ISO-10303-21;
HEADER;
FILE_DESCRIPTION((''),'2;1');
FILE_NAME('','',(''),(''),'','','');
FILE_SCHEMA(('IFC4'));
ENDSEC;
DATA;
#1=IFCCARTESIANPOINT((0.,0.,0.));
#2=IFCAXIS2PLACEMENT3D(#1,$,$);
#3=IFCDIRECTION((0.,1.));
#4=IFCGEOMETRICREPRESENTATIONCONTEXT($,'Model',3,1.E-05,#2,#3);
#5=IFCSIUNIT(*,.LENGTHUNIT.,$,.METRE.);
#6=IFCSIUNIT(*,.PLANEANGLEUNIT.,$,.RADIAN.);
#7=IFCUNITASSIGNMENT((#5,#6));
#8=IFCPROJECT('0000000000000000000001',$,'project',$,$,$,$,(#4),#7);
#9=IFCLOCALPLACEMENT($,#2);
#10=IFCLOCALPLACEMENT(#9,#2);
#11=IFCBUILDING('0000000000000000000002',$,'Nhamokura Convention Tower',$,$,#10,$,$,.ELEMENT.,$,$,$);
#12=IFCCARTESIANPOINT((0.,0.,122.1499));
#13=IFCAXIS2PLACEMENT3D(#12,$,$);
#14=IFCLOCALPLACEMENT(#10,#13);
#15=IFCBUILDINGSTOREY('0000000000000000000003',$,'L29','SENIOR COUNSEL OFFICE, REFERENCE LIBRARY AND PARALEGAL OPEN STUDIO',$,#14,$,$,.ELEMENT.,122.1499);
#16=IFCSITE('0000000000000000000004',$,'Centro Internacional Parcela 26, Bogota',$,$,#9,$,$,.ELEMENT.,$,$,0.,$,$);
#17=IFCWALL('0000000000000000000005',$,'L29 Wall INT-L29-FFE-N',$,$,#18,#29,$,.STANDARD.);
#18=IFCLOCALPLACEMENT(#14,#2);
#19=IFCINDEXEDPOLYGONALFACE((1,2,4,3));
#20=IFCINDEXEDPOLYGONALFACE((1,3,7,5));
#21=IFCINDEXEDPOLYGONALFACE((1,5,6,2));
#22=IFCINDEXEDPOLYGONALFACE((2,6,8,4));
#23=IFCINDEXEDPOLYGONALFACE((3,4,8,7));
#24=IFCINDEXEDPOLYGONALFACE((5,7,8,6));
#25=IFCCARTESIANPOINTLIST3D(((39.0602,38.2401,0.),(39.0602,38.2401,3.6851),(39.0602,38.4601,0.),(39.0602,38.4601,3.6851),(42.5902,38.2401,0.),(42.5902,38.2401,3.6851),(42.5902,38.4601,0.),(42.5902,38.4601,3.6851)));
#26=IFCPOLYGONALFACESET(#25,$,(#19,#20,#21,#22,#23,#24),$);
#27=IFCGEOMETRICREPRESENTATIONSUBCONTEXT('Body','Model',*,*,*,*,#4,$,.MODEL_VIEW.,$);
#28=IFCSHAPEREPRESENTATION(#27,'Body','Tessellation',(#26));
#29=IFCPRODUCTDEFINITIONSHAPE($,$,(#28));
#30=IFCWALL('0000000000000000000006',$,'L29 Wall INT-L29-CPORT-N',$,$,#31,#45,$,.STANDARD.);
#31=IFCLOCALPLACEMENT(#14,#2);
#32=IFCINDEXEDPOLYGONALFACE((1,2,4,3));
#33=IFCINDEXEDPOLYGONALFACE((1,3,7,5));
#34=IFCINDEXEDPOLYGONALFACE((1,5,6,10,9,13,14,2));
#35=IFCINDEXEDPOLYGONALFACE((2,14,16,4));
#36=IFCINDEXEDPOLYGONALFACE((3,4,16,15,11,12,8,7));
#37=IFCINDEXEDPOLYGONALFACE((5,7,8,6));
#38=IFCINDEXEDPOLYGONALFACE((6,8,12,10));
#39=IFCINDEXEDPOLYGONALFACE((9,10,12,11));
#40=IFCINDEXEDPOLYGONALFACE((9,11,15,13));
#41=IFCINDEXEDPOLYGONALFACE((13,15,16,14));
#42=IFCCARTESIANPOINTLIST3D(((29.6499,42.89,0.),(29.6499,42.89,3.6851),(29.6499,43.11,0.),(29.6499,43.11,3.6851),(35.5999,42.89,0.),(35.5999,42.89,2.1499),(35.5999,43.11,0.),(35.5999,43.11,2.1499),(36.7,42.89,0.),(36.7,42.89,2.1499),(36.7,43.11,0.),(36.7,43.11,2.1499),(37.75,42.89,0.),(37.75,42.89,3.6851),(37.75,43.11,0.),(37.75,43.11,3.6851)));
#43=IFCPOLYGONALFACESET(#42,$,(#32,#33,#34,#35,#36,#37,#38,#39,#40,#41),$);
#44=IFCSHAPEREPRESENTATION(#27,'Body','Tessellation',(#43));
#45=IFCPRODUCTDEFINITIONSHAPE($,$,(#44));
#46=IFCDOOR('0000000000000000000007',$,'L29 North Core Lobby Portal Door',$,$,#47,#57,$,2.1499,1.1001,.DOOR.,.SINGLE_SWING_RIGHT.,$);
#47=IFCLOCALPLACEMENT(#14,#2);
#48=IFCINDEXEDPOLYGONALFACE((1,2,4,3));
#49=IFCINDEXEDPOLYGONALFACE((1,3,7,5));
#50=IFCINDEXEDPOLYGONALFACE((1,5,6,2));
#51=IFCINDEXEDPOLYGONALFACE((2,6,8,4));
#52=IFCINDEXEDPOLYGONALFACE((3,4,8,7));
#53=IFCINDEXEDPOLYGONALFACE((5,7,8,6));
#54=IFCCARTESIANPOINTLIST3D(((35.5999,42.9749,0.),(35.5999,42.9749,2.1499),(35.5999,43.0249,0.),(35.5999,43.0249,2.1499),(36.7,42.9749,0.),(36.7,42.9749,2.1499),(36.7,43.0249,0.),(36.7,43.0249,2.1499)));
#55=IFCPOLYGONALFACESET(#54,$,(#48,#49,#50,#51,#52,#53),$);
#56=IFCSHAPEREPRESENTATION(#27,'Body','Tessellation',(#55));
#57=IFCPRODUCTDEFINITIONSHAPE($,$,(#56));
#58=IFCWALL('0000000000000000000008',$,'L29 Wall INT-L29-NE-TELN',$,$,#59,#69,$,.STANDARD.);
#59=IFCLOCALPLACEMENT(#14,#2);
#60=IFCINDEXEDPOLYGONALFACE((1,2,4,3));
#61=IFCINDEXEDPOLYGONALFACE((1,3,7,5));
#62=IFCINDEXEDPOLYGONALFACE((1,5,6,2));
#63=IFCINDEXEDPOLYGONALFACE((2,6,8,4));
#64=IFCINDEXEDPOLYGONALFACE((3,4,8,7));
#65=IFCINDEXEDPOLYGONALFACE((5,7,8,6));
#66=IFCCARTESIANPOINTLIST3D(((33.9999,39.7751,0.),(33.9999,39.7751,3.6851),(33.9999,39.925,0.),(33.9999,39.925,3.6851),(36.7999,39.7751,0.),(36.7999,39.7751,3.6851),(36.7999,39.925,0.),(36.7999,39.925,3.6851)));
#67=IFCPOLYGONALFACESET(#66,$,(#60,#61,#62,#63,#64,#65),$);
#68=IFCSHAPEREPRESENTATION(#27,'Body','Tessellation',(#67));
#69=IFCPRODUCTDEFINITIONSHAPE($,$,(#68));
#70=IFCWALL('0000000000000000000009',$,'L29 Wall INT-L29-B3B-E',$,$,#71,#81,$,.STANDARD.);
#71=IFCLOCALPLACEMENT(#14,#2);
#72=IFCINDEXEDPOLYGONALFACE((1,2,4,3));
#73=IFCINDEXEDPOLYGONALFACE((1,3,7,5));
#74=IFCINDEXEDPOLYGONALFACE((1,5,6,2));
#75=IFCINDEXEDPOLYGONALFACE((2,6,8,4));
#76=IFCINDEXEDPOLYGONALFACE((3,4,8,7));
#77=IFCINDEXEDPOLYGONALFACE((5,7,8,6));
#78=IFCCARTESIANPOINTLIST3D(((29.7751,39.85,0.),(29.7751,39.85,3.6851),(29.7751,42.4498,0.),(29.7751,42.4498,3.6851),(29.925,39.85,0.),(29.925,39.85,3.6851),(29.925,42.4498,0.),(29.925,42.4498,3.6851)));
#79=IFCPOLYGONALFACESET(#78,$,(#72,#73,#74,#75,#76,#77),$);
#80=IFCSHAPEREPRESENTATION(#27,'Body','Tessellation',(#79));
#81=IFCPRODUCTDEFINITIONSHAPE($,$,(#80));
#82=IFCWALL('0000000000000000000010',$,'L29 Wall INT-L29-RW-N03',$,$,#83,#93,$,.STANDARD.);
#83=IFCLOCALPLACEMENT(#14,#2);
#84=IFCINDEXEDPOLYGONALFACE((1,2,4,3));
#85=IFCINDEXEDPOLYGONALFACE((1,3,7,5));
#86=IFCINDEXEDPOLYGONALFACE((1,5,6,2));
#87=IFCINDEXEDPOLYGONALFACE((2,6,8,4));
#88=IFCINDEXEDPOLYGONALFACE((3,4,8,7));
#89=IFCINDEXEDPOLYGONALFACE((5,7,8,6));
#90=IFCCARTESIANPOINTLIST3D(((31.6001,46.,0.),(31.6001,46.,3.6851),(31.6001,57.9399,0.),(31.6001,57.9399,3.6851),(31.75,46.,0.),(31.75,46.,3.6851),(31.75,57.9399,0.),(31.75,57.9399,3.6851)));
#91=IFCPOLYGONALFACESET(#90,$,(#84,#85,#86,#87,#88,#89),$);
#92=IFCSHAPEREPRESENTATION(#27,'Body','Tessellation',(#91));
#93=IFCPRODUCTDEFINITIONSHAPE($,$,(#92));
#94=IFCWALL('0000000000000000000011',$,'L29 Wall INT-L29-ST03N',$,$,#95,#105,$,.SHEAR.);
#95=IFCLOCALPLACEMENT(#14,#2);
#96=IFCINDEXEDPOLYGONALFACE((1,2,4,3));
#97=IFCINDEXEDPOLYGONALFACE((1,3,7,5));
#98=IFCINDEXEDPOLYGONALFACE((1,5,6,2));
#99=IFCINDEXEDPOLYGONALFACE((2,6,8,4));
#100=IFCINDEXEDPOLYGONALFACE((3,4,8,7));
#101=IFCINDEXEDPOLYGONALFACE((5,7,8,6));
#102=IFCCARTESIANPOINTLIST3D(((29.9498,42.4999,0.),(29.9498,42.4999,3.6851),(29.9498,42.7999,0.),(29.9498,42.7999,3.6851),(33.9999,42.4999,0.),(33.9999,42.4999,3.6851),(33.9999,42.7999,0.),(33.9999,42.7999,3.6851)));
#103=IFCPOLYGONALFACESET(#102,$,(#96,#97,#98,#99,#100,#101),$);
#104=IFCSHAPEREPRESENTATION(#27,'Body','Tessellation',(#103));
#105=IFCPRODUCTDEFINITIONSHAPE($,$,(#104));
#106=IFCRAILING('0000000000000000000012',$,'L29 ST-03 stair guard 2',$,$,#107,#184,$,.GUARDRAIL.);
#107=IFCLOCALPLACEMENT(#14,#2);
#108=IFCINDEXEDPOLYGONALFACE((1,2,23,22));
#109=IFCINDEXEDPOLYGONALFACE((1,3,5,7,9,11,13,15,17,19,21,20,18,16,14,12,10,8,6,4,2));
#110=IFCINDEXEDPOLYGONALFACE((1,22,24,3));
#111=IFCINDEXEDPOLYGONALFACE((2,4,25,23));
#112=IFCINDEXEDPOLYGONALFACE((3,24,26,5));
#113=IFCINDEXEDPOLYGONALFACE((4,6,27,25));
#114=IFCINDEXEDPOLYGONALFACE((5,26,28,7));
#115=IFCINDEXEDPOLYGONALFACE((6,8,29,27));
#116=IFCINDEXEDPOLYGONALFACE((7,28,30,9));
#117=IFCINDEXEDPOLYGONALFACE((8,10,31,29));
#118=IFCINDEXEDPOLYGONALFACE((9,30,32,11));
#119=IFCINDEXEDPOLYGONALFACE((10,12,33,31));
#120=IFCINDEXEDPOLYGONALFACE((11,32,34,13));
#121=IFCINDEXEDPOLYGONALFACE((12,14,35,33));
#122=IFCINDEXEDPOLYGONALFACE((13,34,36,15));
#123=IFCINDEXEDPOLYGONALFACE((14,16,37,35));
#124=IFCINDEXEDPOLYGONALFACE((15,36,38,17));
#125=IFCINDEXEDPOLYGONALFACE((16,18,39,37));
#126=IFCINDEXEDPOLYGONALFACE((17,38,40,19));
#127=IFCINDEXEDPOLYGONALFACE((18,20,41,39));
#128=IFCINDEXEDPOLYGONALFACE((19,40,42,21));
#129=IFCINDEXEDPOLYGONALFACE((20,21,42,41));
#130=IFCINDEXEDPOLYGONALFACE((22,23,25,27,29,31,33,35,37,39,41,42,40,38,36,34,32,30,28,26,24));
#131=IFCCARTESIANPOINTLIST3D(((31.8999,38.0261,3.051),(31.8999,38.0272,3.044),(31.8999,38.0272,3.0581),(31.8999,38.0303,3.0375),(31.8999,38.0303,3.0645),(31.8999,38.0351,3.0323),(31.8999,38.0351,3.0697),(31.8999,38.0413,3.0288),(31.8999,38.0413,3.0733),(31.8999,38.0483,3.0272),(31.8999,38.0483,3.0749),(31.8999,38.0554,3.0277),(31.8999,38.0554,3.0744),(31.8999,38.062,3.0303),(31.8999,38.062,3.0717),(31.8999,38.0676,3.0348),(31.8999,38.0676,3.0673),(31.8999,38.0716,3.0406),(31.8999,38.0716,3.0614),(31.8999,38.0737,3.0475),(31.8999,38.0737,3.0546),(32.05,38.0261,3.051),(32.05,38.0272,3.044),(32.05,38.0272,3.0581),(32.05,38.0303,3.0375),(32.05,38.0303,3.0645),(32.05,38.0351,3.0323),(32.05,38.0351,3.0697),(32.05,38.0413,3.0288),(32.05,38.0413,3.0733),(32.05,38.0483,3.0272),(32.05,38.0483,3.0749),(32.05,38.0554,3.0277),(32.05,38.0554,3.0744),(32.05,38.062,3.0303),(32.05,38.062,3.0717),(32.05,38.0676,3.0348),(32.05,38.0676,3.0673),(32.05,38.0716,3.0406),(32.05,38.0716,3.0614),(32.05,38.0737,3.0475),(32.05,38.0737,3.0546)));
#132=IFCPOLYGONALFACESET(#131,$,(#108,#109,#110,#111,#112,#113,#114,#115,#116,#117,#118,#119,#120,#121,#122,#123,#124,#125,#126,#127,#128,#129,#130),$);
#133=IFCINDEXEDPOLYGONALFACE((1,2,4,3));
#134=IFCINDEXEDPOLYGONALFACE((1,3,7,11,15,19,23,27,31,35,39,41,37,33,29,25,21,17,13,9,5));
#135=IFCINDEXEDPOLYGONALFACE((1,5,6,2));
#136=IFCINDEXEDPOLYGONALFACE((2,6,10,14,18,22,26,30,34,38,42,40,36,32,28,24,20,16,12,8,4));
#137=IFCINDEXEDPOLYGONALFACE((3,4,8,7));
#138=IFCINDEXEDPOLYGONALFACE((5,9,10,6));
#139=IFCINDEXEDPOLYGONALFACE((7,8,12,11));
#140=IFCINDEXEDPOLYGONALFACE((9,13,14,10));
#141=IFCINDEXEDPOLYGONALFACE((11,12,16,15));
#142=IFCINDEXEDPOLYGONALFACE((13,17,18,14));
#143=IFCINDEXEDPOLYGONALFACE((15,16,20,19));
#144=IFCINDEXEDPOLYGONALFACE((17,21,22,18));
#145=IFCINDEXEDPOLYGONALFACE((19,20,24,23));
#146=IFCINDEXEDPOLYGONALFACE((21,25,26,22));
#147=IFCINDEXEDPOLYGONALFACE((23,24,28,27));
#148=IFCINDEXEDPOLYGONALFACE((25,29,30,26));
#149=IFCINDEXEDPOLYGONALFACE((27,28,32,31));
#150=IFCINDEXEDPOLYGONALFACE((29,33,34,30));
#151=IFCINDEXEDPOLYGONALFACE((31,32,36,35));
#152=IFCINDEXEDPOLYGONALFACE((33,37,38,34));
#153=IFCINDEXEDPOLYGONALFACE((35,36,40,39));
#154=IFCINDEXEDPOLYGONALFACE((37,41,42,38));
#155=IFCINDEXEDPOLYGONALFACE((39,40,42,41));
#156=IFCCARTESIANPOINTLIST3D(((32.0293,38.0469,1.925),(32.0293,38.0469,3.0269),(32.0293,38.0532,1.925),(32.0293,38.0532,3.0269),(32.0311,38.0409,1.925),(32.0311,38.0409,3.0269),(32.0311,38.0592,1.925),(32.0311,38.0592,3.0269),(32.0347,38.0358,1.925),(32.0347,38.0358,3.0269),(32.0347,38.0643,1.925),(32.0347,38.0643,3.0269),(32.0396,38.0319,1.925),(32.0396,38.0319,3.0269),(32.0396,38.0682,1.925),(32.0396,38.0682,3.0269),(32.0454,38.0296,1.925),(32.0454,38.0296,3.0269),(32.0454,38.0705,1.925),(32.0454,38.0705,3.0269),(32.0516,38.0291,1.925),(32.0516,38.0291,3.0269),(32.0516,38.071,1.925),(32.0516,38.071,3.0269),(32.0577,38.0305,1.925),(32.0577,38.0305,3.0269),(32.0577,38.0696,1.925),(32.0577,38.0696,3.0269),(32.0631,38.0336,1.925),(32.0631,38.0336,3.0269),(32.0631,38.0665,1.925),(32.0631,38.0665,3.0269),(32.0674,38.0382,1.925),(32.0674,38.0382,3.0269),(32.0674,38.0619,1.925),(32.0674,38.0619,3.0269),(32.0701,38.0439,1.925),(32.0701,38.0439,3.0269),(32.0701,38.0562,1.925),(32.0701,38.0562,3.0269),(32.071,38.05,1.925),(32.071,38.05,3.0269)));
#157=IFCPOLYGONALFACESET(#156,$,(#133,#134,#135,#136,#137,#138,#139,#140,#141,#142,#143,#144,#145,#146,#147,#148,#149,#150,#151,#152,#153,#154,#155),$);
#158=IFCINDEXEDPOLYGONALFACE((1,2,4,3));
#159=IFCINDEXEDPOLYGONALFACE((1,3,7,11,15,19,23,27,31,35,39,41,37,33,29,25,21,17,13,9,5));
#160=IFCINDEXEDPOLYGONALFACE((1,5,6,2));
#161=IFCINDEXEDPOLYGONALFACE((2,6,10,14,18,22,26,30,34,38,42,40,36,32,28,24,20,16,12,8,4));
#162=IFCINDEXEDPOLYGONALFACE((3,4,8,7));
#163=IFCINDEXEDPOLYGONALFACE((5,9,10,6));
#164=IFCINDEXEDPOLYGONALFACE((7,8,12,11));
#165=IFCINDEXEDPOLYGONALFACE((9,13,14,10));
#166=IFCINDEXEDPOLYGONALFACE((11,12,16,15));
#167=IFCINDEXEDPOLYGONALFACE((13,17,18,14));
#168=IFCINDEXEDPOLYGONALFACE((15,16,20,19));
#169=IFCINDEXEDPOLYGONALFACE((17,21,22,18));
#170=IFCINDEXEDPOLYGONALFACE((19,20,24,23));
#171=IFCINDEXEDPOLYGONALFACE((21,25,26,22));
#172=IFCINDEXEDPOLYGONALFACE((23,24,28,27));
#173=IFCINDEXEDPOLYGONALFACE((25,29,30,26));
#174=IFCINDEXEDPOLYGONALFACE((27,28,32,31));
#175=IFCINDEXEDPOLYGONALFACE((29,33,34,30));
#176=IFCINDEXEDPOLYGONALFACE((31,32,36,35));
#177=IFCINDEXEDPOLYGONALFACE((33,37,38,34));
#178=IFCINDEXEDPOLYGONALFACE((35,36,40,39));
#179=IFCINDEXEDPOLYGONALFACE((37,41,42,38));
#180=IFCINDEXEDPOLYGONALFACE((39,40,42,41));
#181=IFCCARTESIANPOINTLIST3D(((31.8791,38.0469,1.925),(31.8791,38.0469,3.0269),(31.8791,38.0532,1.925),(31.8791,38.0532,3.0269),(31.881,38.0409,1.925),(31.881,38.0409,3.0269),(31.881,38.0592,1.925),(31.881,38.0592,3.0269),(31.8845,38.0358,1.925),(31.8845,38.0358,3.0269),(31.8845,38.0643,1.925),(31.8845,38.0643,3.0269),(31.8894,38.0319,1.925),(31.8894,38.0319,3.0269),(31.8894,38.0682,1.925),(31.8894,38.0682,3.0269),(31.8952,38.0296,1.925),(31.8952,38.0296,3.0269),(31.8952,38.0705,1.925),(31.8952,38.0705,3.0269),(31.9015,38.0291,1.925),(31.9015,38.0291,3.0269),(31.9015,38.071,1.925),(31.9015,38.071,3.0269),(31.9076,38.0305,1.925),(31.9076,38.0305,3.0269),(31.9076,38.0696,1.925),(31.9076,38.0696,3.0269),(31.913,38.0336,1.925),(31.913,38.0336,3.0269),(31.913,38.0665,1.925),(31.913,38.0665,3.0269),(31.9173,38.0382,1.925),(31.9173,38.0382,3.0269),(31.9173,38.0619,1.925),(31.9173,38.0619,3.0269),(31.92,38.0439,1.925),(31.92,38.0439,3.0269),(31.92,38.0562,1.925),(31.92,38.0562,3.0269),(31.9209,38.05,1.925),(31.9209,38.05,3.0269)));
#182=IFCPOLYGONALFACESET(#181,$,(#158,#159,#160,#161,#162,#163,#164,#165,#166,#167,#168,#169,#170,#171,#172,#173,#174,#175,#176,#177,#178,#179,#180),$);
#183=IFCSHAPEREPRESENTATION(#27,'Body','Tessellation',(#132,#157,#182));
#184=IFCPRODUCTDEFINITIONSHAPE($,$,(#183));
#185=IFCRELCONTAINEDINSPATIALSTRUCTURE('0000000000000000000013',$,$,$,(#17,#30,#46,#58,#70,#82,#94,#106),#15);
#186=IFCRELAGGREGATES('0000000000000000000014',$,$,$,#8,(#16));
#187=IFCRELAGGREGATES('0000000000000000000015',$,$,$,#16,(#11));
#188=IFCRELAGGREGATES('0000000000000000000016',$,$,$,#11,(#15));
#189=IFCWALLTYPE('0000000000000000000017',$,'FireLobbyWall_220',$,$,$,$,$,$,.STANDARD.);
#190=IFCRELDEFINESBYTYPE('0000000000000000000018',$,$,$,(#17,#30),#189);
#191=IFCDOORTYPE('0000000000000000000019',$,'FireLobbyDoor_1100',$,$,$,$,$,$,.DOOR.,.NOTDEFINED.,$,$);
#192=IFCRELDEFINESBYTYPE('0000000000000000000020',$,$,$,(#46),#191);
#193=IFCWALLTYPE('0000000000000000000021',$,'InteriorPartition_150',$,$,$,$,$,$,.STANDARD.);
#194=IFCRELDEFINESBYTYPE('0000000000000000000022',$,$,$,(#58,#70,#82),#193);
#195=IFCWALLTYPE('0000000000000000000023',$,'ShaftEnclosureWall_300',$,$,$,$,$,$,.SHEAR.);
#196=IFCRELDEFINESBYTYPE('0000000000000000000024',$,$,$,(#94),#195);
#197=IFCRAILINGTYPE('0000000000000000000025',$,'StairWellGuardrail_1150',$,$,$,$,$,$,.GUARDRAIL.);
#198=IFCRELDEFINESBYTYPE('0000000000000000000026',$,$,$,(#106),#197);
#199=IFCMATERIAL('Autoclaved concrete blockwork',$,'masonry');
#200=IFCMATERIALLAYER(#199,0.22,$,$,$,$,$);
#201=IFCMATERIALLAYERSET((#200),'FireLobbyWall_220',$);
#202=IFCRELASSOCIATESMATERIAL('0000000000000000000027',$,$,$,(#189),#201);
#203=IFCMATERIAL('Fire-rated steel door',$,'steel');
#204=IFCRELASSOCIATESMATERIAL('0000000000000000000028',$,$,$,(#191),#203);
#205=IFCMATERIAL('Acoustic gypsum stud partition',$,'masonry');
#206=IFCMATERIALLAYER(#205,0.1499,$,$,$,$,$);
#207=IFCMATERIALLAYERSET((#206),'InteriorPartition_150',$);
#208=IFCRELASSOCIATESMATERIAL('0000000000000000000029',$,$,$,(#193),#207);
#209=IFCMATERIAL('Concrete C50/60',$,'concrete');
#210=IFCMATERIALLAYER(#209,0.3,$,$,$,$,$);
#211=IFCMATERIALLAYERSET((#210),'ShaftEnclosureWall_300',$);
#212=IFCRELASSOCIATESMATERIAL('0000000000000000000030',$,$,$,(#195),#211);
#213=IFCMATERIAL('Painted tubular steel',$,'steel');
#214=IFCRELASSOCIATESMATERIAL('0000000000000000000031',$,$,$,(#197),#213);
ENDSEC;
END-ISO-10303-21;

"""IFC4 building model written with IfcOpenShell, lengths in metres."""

from ifc_helpers import new_model, si_unit, direction, frame, frame_2d, origin, origin_2d, place, context, subcontext, project, spatial, rectangle, circle, extrude, material, layer, layer_set, type_object, element, fill, save


model = new_model("IFC4")

# Units and contexts
model_context = context("Model", 3, precision=1e-05, world=origin(), true_north=direction((0.0, 1.0)))
body_context = subcontext(model_context, "Body", "Model", "MODEL_VIEW")
ifc_project = project(units=[si_unit("LENGTHUNIT", "METRE"), si_unit("PLANEANGLEUNIT", "RADIAN")], contexts=[model_context])

# Site, building, storey
site_placement = place(None, origin())
site = spatial("IfcSite", under=ifc_project, at=site_placement, Name="Centro Internacional Parcela 26, Bogota", CompositionType="ELEMENT", RefElevation=0.0)
building_placement = place(site_placement, origin())
building = spatial("IfcBuilding", under=site, at=building_placement, Name="Nhamokura Convention Tower", CompositionType="ELEMENT")
storey_placement = place(building_placement, frame((0.0, 0.0, 122.1499)))
storey = spatial("IfcBuildingStorey", under=building, at=storey_placement, Name="L29", Description="SENIOR COUNSEL OFFICE, REFERENCE LIBRARY AND PARALEGAL OPEN STUDIO", CompositionType="ELEMENT", Elevation=122.1499)

# Wall
ifc_material_1 = material(Name="Autoclaved concrete blockwork", Category="masonry")
ifc_layer_1 = layer(ifc_material_1, 0.22)
ifc_layer_set_1 = layer_set([ifc_layer_1], Name="FireLobbyWall_220")
wall_type_1 = type_object("IfcWallType", Name="FireLobbyWall_220", PredefinedType="STANDARD", material=ifc_layer_set_1)
wall_1_placement = place(storey_placement, frame((39.0601, 38.3501, 0.0), z_axis=(0.0, 0.0, 1.0), x_axis=(1.0, 0.0, 0.0)))
element("IfcWall", 1, at=wall_1_placement, inside=storey, type_object=wall_type_1, Name="L29 Wall INT-L29-FFE-N", PredefinedType="STANDARD", context=body_context, shape_type="SweptSolid", body=[
    extrude(rectangle(XDim=3.53, YDim=0.22, at=frame_2d((1.7651, 0.0))), origin(), (0.0, 0.0, 1.0), 3.6851),
])

# Wall, opening, door
wall_2_placement = place(storey_placement, frame((29.6499, 43.0, 0.0), z_axis=(0.0, 0.0, 1.0), x_axis=(1.0, 0.0, 0.0)))
wall_2 = element("IfcWall", 2, at=wall_2_placement, inside=storey, type_object=wall_type_1, Name="L29 Wall INT-L29-CPORT-N", PredefinedType="STANDARD", context=body_context, shape_type="SweptSolid", body=[
    extrude(rectangle(XDim=8.1001, YDim=0.22, at=frame_2d((4.05, 0.0))), origin(), (0.0, 0.0, 1.0), 3.6851),
])
opening_1_placement = place(wall_2_placement, frame((5.95, 0.0, 0.0)))
opening_1 = element("IfcOpeningElement", 3, at=opening_1_placement, cuts=wall_2, PredefinedType="OPENING", context=body_context, shape_type="SweptSolid", body=[
    extrude(rectangle(XDim=1.1001, YDim=2.1499, at=frame_2d((0.55, 1.075))), frame((0.0, 0.1199, 0.0), z_axis=(0.0, -1.0, 0.0), x_axis=(1.0, 0.0, 0.0)), (0.0, 0.0, 1.0), 0.24),
])
ifc_material_2 = material(Name="Fire-rated steel door", Category="steel")
door_type_1 = type_object("IfcDoorType", Name="FireLobbyDoor_1100", OperationType="NOTDEFINED", PredefinedType="DOOR", material=ifc_material_2)
door_1_placement = place(opening_1_placement, origin())
door_1 = element("IfcDoor", 4, at=door_1_placement, inside=storey, type_object=door_type_1, Name="L29 North Core Lobby Portal Door", OperationType="SINGLE_SWING_RIGHT", OverallHeight=2.1499, OverallWidth=1.1001, PredefinedType="DOOR", context=body_context, shape_type="SweptSolid", body=[
    extrude(rectangle(XDim=1.1001, YDim=2.1499, at=frame_2d((0.55, 1.075))), frame((0.0, 0.0249, 0.0), z_axis=(0.0, -1.0, 0.0), x_axis=(1.0, 0.0, 0.0)), (0.0, 0.0, 1.0), 0.05),
])
fill(opening_1, door_1)

# Walls
ifc_material_3 = material(Name="Acoustic gypsum stud partition", Category="masonry")
ifc_layer_2 = layer(ifc_material_3, 0.1499)
ifc_layer_set_2 = layer_set([ifc_layer_2], Name="InteriorPartition_150")
wall_type_2 = type_object("IfcWallType", Name="InteriorPartition_150", PredefinedType="STANDARD", material=ifc_layer_set_2)
wall_3_placement = place(storey_placement, frame((34.0, 39.8501, 0.0), z_axis=(0.0, 0.0, 1.0), x_axis=(1.0, 0.0, 0.0)))
element("IfcWall", 5, at=wall_3_placement, inside=storey, type_object=wall_type_2, Name="L29 Wall INT-L29-NE-TELN", PredefinedType="STANDARD", context=body_context, shape_type="SweptSolid", body=[
    extrude(rectangle(XDim=2.8, YDim=0.1499, at=frame_2d((1.3999, 0.0))), origin(), (0.0, 0.0, 1.0), 3.6851),
])
wall_4_placement = place(storey_placement, frame((29.8501, 39.8501, 0.0), z_axis=(0.0, 0.0, 1.0), x_axis=(0.0, 1.0, 0.0)))
element("IfcWall", 6, at=wall_4_placement, inside=storey, type_object=wall_type_2, Name="L29 Wall INT-L29-B3B-E", PredefinedType="STANDARD", context=body_context, shape_type="SweptSolid", body=[
    extrude(rectangle(XDim=2.5999, YDim=0.1499, at=frame_2d((1.2998, 0.0))), origin(), (0.0, 0.0, 1.0), 3.6851),
])
wall_5_placement = place(storey_placement, frame((31.675, 46.0, 0.0), z_axis=(0.0, 0.0, 1.0), x_axis=(0.0, 1.0, 0.0)))
element("IfcWall", 7, at=wall_5_placement, inside=storey, type_object=wall_type_2, Name="L29 Wall INT-L29-RW-N03", PredefinedType="STANDARD", context=body_context, shape_type="SweptSolid", body=[
    extrude(rectangle(XDim=11.9399, YDim=0.1499, at=frame_2d((5.97, 0.0))), origin(), (0.0, 0.0, 1.0), 3.6851),
])
ifc_material_4 = material(Name="Concrete C50/60", Category="concrete")
ifc_layer_3 = layer(ifc_material_4, 0.3)
ifc_layer_set_3 = layer_set([ifc_layer_3], Name="ShaftEnclosureWall_300")
wall_type_3 = type_object("IfcWallType", Name="ShaftEnclosureWall_300", PredefinedType="SHEAR", material=ifc_layer_set_3)
wall_6_placement = place(storey_placement, frame((29.95, 42.6499, 0.0), z_axis=(0.0, 0.0, 1.0), x_axis=(1.0, 0.0, 0.0)))
element("IfcWall", 8, at=wall_6_placement, inside=storey, type_object=wall_type_3, Name="L29 Wall INT-L29-ST03N", PredefinedType="SHEAR", context=body_context, shape_type="SweptSolid", body=[
    extrude(rectangle(XDim=4.05, YDim=0.3, at=frame_2d((2.0249, 0.0))), origin(), (0.0, 0.0, 1.0), 3.6851),
])

# Railing
ifc_material_5 = material(Name="Painted tubular steel", Category="steel")
railing_type = type_object("IfcRailingType", Name="StairWellGuardrail_1150", PredefinedType="GUARDRAIL", material=ifc_material_5)
railing_1_placement = place(storey_placement, frame((32.05, 38.05, 1.925)))
element("IfcRailing", 9, at=railing_1_placement, inside=storey, type_object=railing_type, Name="L29 ST-03 stair guard 2", PredefinedType="GUARDRAIL", context=body_context, shape_type="SweptSolid", body=[
    extrude(circle(Radius=0.0239, at=origin_2d()), frame((0.0, 0.0, 1.126), z_axis=(-1.0, 0.0, 0.0), x_axis=(0.0, -1.0, 0.0)), (0.0, 0.0, 1.0), 0.1501),
    extrude(circle(Radius=0.021, at=origin_2d()), origin(), (0.0, 0.0, 1.0), 1.1018),
    extrude(circle(Radius=0.021, at=origin_2d()), frame((-0.1501, 0.0, 0.0)), (0.0, 0.0, 1.0), 1.1018),
])

save(model, "model.ifc")
